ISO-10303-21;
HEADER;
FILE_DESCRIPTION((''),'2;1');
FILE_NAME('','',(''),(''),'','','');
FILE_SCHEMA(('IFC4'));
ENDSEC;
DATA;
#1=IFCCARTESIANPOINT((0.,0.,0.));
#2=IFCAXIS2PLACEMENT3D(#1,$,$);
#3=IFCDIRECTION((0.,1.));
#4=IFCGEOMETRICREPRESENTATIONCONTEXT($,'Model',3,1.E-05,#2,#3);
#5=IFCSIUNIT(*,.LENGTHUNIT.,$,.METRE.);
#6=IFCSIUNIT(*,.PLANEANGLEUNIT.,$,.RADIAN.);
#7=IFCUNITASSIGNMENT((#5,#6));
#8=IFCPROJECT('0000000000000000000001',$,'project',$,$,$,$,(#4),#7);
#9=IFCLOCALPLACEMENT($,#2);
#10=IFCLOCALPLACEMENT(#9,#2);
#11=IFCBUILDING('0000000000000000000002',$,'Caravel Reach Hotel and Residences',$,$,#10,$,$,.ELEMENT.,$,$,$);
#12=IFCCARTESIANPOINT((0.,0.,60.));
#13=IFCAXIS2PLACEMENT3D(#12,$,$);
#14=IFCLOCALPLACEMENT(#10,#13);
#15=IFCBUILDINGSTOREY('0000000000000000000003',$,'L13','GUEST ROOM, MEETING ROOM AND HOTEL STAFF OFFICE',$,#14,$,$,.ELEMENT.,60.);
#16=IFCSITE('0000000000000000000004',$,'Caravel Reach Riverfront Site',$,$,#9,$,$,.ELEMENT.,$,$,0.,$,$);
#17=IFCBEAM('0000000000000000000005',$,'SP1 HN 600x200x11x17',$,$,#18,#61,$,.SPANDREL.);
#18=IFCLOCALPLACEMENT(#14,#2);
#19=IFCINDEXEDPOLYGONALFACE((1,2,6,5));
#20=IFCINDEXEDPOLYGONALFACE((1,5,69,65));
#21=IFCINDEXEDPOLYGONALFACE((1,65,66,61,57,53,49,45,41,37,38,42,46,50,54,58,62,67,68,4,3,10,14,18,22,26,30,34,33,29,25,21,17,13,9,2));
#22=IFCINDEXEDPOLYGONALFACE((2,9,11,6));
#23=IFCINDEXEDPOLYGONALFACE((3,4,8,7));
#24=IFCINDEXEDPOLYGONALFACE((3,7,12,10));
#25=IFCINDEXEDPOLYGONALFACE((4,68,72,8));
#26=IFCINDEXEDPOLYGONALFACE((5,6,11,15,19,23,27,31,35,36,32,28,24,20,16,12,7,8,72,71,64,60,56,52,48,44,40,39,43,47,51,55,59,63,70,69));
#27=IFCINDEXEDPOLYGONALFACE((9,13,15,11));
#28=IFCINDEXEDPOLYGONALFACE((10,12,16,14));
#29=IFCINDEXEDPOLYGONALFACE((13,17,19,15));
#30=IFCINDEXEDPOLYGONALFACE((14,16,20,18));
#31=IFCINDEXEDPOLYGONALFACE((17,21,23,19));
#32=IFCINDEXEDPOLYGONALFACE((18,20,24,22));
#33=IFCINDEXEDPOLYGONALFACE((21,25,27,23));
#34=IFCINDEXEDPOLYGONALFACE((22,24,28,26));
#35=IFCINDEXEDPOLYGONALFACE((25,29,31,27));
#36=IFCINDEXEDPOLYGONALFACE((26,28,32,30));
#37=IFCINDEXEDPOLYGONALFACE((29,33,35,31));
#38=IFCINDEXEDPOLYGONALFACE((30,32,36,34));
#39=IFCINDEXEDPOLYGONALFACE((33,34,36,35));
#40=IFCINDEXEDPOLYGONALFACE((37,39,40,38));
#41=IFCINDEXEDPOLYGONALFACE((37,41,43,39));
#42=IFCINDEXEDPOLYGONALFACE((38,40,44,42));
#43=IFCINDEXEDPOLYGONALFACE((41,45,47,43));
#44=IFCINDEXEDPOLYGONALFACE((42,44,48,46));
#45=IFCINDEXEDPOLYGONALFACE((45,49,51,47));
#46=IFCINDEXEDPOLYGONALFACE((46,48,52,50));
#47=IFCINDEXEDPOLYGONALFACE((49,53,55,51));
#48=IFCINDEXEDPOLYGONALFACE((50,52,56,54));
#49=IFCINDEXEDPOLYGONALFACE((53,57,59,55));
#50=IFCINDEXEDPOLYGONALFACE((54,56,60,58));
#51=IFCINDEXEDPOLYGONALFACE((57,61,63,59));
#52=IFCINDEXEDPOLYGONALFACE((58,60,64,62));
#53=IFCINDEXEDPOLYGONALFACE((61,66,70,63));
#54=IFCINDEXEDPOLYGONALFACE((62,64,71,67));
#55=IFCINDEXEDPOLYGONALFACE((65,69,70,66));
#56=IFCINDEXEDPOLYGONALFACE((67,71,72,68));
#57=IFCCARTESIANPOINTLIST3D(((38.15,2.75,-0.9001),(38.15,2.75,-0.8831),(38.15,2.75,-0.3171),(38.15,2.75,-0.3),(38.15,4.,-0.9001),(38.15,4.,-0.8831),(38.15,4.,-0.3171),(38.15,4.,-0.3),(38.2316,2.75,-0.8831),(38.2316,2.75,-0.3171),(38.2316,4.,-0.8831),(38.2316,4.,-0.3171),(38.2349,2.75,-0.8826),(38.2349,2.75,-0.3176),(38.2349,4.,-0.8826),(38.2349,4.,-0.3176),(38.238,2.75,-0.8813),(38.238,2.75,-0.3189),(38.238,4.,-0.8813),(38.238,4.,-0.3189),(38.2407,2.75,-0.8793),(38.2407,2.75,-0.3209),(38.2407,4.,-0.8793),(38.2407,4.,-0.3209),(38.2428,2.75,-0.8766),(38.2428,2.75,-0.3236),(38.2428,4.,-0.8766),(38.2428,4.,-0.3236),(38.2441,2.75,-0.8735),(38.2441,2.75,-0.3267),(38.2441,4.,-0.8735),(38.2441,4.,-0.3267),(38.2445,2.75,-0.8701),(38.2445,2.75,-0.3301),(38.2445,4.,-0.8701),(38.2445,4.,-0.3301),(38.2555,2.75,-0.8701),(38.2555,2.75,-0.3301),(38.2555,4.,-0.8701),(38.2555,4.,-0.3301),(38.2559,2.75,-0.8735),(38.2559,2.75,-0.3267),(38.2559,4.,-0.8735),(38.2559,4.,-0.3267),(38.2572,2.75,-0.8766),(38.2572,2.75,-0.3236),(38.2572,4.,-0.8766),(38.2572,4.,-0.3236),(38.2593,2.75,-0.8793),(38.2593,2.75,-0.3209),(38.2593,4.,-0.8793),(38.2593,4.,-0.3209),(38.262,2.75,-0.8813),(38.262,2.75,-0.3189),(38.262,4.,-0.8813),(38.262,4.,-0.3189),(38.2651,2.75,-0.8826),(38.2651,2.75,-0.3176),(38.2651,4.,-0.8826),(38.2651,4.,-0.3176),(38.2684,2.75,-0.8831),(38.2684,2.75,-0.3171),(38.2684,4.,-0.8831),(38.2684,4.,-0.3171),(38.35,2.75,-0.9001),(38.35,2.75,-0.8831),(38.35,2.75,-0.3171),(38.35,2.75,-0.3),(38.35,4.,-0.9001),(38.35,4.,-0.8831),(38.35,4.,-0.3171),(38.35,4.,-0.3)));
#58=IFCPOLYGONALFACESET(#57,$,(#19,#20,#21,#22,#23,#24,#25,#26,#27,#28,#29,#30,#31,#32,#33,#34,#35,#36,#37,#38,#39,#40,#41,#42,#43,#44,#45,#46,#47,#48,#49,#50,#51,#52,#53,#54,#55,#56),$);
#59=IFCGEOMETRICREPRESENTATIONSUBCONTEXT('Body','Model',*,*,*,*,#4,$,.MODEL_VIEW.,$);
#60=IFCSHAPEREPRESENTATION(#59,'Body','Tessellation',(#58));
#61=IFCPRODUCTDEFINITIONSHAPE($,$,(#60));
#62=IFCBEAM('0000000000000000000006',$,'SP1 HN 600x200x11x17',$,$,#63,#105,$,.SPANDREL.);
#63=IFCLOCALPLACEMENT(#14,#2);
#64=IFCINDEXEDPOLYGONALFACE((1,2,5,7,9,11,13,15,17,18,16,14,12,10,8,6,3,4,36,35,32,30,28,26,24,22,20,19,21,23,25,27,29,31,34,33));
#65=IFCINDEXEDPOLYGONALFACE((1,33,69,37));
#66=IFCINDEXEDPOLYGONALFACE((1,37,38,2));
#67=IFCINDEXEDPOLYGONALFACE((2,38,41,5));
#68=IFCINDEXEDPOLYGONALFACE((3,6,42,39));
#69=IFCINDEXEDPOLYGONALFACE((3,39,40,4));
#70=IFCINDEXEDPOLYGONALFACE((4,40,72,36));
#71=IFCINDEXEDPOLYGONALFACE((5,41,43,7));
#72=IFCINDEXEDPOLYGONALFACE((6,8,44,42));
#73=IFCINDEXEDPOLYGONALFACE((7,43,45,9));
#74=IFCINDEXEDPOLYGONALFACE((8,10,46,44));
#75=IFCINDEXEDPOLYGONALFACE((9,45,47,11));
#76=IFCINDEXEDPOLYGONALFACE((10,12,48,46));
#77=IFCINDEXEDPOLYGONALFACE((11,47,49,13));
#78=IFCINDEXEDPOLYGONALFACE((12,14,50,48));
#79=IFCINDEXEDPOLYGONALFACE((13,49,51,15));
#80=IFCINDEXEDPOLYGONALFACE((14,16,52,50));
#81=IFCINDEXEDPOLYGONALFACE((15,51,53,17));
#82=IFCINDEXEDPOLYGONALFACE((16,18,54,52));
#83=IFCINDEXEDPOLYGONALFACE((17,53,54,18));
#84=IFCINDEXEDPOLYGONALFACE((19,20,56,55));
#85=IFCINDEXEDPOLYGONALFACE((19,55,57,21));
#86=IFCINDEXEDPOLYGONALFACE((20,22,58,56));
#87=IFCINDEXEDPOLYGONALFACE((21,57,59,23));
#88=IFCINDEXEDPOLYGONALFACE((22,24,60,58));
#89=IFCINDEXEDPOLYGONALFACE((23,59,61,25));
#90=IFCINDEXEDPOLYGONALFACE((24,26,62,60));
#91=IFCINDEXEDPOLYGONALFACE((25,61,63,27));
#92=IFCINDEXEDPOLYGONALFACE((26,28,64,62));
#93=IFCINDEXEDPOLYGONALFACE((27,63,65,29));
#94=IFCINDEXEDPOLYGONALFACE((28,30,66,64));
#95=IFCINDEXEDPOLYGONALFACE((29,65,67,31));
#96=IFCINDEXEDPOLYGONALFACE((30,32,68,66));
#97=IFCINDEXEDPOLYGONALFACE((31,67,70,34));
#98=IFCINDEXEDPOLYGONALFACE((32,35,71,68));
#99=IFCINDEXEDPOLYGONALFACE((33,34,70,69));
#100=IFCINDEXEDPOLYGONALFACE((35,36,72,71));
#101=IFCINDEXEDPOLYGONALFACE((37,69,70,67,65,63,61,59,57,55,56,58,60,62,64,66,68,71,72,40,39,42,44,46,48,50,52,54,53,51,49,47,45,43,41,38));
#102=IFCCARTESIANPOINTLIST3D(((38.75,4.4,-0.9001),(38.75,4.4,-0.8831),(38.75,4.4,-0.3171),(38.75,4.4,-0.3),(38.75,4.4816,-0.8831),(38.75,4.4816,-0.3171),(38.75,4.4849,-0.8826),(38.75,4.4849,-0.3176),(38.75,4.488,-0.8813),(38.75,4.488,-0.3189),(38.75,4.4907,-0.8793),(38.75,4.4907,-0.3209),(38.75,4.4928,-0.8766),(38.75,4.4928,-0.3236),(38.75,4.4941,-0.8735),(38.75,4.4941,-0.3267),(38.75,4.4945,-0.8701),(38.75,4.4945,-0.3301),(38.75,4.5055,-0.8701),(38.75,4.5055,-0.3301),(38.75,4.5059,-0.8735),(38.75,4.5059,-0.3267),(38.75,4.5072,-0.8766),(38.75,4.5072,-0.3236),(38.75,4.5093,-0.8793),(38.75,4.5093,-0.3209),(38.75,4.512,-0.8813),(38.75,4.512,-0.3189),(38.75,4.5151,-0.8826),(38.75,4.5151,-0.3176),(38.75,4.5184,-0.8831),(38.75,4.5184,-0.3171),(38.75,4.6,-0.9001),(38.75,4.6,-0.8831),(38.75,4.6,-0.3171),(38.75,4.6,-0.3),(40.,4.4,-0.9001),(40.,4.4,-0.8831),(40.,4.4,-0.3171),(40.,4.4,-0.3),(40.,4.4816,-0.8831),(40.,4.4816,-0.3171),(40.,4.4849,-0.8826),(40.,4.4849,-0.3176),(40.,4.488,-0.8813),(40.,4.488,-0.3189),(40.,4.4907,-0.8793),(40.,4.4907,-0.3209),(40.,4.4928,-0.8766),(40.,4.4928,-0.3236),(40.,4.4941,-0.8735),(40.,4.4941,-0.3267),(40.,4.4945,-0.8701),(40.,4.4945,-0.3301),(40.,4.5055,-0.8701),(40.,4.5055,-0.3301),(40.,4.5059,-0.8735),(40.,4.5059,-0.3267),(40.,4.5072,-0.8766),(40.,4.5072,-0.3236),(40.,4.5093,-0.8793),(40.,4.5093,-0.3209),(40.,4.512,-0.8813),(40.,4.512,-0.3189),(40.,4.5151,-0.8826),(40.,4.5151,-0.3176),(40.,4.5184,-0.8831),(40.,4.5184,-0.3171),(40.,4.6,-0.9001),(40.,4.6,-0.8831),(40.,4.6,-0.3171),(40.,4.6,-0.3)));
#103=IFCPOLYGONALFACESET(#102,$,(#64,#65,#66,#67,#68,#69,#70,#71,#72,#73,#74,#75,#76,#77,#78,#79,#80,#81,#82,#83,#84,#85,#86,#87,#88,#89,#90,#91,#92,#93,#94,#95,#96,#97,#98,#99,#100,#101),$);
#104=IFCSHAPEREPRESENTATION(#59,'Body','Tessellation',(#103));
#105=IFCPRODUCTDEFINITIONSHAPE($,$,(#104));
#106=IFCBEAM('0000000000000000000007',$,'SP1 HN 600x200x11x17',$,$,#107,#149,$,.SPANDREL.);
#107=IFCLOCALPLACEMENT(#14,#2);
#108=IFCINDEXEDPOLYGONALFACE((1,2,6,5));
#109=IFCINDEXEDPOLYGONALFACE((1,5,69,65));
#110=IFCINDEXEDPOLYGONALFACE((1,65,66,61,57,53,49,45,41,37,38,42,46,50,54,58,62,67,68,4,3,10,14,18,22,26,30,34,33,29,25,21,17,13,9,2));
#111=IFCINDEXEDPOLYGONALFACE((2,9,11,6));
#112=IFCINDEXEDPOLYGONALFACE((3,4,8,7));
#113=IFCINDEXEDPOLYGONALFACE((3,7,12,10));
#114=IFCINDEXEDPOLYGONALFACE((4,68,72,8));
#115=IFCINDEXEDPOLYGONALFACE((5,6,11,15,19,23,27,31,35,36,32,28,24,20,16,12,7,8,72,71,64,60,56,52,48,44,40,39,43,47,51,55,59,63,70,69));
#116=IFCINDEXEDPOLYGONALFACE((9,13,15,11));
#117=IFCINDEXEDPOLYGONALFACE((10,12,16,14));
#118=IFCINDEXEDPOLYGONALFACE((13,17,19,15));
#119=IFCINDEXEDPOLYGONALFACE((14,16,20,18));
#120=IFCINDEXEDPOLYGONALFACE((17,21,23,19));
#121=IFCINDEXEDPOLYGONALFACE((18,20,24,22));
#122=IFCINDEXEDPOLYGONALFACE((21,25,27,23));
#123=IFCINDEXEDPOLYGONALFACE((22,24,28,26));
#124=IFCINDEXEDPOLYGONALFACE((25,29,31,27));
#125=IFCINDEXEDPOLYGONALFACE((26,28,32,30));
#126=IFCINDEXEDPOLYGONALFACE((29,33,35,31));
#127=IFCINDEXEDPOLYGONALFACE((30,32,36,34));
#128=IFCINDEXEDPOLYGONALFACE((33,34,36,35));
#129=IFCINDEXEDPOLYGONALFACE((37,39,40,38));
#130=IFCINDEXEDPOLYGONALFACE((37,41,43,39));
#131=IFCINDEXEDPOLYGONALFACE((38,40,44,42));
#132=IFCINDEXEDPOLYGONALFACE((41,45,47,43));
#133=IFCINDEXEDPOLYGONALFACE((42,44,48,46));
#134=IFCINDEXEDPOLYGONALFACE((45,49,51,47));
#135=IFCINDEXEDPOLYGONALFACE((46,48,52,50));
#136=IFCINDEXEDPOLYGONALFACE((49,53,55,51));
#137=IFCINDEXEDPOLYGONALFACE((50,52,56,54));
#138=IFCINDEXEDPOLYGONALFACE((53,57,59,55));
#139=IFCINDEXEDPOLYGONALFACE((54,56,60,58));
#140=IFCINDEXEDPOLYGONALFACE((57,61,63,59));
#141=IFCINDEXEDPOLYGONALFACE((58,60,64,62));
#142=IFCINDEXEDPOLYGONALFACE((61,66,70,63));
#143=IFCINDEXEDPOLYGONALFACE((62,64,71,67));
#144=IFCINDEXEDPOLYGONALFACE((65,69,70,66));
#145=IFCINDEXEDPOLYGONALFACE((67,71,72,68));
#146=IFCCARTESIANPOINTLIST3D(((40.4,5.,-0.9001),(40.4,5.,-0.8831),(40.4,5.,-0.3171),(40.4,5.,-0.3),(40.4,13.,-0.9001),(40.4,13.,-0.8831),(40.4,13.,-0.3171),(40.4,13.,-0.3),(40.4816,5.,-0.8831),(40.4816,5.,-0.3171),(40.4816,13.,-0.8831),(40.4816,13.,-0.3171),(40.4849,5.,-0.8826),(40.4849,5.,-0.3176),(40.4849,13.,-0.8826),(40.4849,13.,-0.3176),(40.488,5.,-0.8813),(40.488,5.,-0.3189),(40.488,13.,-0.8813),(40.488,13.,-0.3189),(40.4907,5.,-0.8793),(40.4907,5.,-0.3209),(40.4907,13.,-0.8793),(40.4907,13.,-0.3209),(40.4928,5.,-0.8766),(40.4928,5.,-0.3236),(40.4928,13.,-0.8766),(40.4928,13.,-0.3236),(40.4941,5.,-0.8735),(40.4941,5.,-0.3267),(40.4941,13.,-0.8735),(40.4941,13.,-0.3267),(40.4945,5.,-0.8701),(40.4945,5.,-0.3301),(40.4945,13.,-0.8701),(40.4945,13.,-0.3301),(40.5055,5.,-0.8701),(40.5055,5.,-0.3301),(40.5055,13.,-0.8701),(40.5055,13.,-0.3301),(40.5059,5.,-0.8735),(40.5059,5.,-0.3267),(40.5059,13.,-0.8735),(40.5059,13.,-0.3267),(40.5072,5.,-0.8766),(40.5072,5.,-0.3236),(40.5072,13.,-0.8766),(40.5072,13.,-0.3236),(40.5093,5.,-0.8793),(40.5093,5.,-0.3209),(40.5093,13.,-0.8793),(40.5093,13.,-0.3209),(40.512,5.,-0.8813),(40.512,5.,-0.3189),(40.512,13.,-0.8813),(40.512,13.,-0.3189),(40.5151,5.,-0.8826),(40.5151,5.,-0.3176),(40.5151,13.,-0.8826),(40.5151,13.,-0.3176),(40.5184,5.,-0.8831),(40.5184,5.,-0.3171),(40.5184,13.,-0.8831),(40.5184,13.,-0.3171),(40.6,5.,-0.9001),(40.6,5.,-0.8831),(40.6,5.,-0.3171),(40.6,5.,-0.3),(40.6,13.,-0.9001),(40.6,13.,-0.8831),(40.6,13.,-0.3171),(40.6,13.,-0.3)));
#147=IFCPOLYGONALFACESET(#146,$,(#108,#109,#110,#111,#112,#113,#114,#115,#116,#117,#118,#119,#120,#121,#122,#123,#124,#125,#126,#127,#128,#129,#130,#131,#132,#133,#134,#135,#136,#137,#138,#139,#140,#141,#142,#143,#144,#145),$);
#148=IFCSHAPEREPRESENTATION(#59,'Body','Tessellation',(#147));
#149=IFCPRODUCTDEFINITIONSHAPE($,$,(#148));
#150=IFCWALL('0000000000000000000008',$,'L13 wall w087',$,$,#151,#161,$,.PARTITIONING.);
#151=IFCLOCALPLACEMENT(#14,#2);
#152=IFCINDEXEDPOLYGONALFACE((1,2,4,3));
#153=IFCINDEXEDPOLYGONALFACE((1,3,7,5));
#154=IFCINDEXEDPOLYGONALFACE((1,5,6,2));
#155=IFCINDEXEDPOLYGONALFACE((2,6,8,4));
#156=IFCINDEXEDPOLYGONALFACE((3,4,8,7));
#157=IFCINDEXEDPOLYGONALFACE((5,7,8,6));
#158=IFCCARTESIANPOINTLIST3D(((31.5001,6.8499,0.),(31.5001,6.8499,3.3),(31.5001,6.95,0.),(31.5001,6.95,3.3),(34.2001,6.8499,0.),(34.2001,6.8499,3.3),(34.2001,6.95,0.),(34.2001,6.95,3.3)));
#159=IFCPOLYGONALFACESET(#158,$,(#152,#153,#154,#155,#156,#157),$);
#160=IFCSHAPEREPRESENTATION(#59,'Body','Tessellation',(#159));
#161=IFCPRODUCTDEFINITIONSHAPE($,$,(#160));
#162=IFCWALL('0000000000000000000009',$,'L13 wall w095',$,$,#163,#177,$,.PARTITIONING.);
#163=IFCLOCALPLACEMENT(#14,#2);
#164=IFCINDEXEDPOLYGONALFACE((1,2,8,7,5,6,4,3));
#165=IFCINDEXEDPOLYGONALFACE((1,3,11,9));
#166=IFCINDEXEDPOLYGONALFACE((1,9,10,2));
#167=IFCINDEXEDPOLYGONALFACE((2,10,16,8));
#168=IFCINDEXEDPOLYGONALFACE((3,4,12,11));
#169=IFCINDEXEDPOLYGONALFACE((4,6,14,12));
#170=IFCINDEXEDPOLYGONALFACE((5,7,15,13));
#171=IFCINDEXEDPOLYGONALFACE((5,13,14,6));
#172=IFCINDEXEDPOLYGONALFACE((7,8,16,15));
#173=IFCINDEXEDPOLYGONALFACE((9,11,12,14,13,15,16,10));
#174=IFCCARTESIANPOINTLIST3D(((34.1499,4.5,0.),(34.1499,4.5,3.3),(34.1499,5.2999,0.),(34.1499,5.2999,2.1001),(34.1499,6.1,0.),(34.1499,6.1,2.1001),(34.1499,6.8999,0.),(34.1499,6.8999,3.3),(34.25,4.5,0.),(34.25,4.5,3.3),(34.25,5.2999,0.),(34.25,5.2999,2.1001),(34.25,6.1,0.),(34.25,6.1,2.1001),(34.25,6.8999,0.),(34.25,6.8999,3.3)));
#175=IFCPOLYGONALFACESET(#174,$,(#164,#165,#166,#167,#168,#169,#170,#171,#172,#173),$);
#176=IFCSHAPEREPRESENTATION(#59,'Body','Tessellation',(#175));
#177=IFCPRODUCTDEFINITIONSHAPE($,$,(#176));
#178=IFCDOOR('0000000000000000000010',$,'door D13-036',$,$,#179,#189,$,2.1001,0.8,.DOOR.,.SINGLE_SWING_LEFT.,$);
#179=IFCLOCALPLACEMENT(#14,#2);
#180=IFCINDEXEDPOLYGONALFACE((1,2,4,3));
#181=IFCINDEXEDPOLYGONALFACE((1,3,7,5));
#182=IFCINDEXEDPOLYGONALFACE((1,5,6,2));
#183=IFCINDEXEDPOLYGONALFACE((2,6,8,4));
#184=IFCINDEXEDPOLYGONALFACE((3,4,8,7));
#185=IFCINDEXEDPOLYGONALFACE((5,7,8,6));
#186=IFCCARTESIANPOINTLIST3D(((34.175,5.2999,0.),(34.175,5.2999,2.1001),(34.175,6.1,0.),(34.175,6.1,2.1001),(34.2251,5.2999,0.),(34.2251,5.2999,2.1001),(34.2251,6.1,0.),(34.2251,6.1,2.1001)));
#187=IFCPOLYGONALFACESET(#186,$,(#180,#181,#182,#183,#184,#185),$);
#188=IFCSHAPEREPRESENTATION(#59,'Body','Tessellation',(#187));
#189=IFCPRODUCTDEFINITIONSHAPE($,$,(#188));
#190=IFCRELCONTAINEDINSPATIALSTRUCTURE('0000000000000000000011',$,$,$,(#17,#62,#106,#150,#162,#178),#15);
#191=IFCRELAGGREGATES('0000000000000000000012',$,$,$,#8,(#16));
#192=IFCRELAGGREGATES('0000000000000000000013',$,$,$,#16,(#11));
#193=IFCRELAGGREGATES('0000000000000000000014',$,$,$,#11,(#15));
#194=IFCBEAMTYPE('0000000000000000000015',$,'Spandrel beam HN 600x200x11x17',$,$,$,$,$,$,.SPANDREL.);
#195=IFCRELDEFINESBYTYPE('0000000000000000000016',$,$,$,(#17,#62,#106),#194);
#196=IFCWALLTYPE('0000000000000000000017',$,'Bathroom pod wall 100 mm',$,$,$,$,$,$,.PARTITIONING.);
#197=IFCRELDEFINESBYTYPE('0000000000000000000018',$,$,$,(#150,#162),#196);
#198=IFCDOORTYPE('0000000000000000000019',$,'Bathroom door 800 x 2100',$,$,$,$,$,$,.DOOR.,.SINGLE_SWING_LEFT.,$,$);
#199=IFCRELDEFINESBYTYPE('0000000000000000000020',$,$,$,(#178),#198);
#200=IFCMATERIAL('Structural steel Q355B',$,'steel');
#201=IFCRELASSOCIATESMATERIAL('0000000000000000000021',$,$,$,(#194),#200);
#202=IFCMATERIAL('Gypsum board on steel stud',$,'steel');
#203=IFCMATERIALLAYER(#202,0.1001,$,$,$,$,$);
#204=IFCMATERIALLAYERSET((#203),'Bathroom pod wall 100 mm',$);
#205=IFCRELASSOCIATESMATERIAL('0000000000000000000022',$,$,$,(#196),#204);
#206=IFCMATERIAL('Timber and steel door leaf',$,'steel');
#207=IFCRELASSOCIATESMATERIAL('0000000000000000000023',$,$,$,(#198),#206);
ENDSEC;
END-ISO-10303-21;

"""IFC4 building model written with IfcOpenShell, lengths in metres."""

from ifc_helpers import new_model, si_unit, direction, frame, frame_2d, origin, origin_2d, place, context, subcontext, project, spatial, rectangle, i_section, extrude, material, layer, layer_set, material_profile, profile_set, type_object, element, fill, save


model = new_model("IFC4")

# Units and contexts
model_context = context("Model", 3, precision=1e-05, world=origin(), true_north=direction((0.0, 1.0)))
body_context = subcontext(model_context, "Body", "Model", "MODEL_VIEW")
ifc_project = project(units=[si_unit("LENGTHUNIT", "METRE"), si_unit("PLANEANGLEUNIT", "RADIAN")], contexts=[model_context])

# Site, building, storey
site_placement = place(None, origin())
site = spatial("IfcSite", under=ifc_project, at=site_placement, Name="Caravel Reach Riverfront Site", CompositionType="ELEMENT", RefElevation=0.0)
building_placement = place(site_placement, origin())
building = spatial("IfcBuilding", under=site, at=building_placement, Name="Caravel Reach Hotel and Residences", CompositionType="ELEMENT")
storey_placement = place(building_placement, frame((0.0, 0.0, 60.0)))
storey = spatial("IfcBuildingStorey", under=building, at=storey_placement, Name="L13", Description="GUEST ROOM, MEETING ROOM AND HOTEL STAFF OFFICE", CompositionType="ELEMENT", Elevation=60.0)

# Beams
ifc_material_1 = material(Name="Structural steel Q355B", Category="steel")
ifc_material_profile_1 = material_profile(ifc_material_1, i_section(OverallWidth=0.2, OverallDepth=0.6001, WebThickness=0.011, FlangeThickness=0.0171, FilletRadius=0.0129, at=origin_2d()), Name="HN 600x200x11x17")
ifc_profile_set_1 = profile_set([ifc_material_profile_1], Name="Structural steel Q355B")
beam_type = type_object("IfcBeamType", Name="Spandrel beam HN 600x200x11x17", PredefinedType="SPANDREL", material=ifc_profile_set_1)
for number, where, z_axis, x_axis, name in (
    (1, (38.25, 2.75, -0.6001), (0.0, 1.0, 0.0), (-1.0, 0.0, 0.0), "SP1 HN 600x200x11x17"),
    (2, (38.75, 4.5, -0.6001), (1.0, 0.0, 0.0), (0.0, 1.0, 0.0), "SP1 HN 600x200x11x17"),
):
    element("IfcBeam", number, at=place(storey_placement, frame(where, z_axis=z_axis, x_axis=x_axis)), inside=storey, type_object=beam_type, Name=name, PredefinedType="SPANDREL", context=body_context, shape_type="SweptSolid", body=[
        extrude(i_section(OverallWidth=0.2, OverallDepth=0.6001, WebThickness=0.011, FlangeThickness=0.0171, FilletRadius=0.0129, at=origin_2d()), origin(), (0.0, 0.0, 1.0), 1.25),
    ])
beam_placement = place(storey_placement, frame((40.5, 5.0, -0.6001), z_axis=(0.0, 1.0, 0.0), x_axis=(-1.0, 0.0, 0.0)))
element("IfcBeam", 3, at=beam_placement, inside=storey, type_object=beam_type, Name="SP1 HN 600x200x11x17", PredefinedType="SPANDREL", context=body_context, shape_type="SweptSolid", body=[
    extrude(i_section(OverallWidth=0.2, OverallDepth=0.6001, WebThickness=0.011, FlangeThickness=0.0171, FilletRadius=0.0129, at=origin_2d()), origin(), (0.0, 0.0, 1.0), 8.0),
])

# Wall
ifc_material_2 = material(Name="Gypsum board on steel stud", Category="steel")
ifc_layer_1 = layer(ifc_material_2, 0.1001)
ifc_layer_set_1 = layer_set([ifc_layer_1], Name="Bathroom pod wall 100 mm")
wall_type_1 = type_object("IfcWallType", Name="Bathroom pod wall 100 mm", PredefinedType="PARTITIONING", material=ifc_layer_set_1)
wall_1_placement = place(storey_placement, frame((31.5, 6.8999, 0.0), z_axis=(0.0, 0.0, 1.0), x_axis=(1.0, 0.0, 0.0)))
element("IfcWall", 4, at=wall_1_placement, inside=storey, type_object=wall_type_1, Name="L13 wall w087", PredefinedType="PARTITIONING", context=body_context, shape_type="SweptSolid", body=[
    extrude(rectangle(XDim=2.7, YDim=0.1001, at=frame_2d((1.3501, 0.0))), origin(), (0.0, 0.0, 1.0), 3.3),
])

# Wall, opening, door
wall_2_placement = place(storey_placement, frame((34.2, 4.5, 0.0), z_axis=(0.0, 0.0, 1.0), x_axis=(0.0, 1.0, 0.0)))
wall_2 = element("IfcWall", 5, at=wall_2_placement, inside=storey, type_object=wall_type_1, Name="L13 wall w095", PredefinedType="PARTITIONING", context=body_context, shape_type="SweptSolid", body=[
    extrude(rectangle(XDim=2.3999, YDim=0.1001, at=frame_2d((1.2, 0.0))), origin(), (0.0, 0.0, 1.0), 3.3),
])
opening_1_placement = place(wall_2_placement, frame((0.8, 0.0, 0.0)))
opening_1 = element("IfcOpeningElement", 6, at=opening_1_placement, cuts=wall_2, PredefinedType="OPENING", context=body_context, shape_type="SweptSolid", body=[
    extrude(rectangle(XDim=0.8, YDim=2.1001, at=frame_2d((0.3999, 1.05))), frame((0.0, 0.0601, 0.0), z_axis=(0.0, -1.0, 0.0), x_axis=(1.0, 0.0, 0.0)), (0.0, 0.0, 1.0), 0.1201),
])
ifc_material_3 = material(Name="Timber and steel door leaf", Category="steel")
door_type_1 = type_object("IfcDoorType", Name="Bathroom door 800 x 2100", OperationType="SINGLE_SWING_LEFT", PredefinedType="DOOR", material=ifc_material_3)
door_1_placement = place(opening_1_placement, origin())
door_1 = element("IfcDoor", 7, at=door_1_placement, inside=storey, type_object=door_type_1, Name="door D13-036", OperationType="SINGLE_SWING_LEFT", OverallHeight=2.1001, OverallWidth=0.8, PredefinedType="DOOR", context=body_context, shape_type="SweptSolid", body=[
    extrude(rectangle(XDim=0.8, YDim=2.1001, at=frame_2d((0.3999, 1.05))), frame((0.0, 0.0249, 0.0), z_axis=(0.0, -1.0, 0.0), x_axis=(1.0, 0.0, 0.0)), (0.0, 0.0, 1.0), 0.05),
])
fill(opening_1, door_1)

save(model, "model.ifc")
